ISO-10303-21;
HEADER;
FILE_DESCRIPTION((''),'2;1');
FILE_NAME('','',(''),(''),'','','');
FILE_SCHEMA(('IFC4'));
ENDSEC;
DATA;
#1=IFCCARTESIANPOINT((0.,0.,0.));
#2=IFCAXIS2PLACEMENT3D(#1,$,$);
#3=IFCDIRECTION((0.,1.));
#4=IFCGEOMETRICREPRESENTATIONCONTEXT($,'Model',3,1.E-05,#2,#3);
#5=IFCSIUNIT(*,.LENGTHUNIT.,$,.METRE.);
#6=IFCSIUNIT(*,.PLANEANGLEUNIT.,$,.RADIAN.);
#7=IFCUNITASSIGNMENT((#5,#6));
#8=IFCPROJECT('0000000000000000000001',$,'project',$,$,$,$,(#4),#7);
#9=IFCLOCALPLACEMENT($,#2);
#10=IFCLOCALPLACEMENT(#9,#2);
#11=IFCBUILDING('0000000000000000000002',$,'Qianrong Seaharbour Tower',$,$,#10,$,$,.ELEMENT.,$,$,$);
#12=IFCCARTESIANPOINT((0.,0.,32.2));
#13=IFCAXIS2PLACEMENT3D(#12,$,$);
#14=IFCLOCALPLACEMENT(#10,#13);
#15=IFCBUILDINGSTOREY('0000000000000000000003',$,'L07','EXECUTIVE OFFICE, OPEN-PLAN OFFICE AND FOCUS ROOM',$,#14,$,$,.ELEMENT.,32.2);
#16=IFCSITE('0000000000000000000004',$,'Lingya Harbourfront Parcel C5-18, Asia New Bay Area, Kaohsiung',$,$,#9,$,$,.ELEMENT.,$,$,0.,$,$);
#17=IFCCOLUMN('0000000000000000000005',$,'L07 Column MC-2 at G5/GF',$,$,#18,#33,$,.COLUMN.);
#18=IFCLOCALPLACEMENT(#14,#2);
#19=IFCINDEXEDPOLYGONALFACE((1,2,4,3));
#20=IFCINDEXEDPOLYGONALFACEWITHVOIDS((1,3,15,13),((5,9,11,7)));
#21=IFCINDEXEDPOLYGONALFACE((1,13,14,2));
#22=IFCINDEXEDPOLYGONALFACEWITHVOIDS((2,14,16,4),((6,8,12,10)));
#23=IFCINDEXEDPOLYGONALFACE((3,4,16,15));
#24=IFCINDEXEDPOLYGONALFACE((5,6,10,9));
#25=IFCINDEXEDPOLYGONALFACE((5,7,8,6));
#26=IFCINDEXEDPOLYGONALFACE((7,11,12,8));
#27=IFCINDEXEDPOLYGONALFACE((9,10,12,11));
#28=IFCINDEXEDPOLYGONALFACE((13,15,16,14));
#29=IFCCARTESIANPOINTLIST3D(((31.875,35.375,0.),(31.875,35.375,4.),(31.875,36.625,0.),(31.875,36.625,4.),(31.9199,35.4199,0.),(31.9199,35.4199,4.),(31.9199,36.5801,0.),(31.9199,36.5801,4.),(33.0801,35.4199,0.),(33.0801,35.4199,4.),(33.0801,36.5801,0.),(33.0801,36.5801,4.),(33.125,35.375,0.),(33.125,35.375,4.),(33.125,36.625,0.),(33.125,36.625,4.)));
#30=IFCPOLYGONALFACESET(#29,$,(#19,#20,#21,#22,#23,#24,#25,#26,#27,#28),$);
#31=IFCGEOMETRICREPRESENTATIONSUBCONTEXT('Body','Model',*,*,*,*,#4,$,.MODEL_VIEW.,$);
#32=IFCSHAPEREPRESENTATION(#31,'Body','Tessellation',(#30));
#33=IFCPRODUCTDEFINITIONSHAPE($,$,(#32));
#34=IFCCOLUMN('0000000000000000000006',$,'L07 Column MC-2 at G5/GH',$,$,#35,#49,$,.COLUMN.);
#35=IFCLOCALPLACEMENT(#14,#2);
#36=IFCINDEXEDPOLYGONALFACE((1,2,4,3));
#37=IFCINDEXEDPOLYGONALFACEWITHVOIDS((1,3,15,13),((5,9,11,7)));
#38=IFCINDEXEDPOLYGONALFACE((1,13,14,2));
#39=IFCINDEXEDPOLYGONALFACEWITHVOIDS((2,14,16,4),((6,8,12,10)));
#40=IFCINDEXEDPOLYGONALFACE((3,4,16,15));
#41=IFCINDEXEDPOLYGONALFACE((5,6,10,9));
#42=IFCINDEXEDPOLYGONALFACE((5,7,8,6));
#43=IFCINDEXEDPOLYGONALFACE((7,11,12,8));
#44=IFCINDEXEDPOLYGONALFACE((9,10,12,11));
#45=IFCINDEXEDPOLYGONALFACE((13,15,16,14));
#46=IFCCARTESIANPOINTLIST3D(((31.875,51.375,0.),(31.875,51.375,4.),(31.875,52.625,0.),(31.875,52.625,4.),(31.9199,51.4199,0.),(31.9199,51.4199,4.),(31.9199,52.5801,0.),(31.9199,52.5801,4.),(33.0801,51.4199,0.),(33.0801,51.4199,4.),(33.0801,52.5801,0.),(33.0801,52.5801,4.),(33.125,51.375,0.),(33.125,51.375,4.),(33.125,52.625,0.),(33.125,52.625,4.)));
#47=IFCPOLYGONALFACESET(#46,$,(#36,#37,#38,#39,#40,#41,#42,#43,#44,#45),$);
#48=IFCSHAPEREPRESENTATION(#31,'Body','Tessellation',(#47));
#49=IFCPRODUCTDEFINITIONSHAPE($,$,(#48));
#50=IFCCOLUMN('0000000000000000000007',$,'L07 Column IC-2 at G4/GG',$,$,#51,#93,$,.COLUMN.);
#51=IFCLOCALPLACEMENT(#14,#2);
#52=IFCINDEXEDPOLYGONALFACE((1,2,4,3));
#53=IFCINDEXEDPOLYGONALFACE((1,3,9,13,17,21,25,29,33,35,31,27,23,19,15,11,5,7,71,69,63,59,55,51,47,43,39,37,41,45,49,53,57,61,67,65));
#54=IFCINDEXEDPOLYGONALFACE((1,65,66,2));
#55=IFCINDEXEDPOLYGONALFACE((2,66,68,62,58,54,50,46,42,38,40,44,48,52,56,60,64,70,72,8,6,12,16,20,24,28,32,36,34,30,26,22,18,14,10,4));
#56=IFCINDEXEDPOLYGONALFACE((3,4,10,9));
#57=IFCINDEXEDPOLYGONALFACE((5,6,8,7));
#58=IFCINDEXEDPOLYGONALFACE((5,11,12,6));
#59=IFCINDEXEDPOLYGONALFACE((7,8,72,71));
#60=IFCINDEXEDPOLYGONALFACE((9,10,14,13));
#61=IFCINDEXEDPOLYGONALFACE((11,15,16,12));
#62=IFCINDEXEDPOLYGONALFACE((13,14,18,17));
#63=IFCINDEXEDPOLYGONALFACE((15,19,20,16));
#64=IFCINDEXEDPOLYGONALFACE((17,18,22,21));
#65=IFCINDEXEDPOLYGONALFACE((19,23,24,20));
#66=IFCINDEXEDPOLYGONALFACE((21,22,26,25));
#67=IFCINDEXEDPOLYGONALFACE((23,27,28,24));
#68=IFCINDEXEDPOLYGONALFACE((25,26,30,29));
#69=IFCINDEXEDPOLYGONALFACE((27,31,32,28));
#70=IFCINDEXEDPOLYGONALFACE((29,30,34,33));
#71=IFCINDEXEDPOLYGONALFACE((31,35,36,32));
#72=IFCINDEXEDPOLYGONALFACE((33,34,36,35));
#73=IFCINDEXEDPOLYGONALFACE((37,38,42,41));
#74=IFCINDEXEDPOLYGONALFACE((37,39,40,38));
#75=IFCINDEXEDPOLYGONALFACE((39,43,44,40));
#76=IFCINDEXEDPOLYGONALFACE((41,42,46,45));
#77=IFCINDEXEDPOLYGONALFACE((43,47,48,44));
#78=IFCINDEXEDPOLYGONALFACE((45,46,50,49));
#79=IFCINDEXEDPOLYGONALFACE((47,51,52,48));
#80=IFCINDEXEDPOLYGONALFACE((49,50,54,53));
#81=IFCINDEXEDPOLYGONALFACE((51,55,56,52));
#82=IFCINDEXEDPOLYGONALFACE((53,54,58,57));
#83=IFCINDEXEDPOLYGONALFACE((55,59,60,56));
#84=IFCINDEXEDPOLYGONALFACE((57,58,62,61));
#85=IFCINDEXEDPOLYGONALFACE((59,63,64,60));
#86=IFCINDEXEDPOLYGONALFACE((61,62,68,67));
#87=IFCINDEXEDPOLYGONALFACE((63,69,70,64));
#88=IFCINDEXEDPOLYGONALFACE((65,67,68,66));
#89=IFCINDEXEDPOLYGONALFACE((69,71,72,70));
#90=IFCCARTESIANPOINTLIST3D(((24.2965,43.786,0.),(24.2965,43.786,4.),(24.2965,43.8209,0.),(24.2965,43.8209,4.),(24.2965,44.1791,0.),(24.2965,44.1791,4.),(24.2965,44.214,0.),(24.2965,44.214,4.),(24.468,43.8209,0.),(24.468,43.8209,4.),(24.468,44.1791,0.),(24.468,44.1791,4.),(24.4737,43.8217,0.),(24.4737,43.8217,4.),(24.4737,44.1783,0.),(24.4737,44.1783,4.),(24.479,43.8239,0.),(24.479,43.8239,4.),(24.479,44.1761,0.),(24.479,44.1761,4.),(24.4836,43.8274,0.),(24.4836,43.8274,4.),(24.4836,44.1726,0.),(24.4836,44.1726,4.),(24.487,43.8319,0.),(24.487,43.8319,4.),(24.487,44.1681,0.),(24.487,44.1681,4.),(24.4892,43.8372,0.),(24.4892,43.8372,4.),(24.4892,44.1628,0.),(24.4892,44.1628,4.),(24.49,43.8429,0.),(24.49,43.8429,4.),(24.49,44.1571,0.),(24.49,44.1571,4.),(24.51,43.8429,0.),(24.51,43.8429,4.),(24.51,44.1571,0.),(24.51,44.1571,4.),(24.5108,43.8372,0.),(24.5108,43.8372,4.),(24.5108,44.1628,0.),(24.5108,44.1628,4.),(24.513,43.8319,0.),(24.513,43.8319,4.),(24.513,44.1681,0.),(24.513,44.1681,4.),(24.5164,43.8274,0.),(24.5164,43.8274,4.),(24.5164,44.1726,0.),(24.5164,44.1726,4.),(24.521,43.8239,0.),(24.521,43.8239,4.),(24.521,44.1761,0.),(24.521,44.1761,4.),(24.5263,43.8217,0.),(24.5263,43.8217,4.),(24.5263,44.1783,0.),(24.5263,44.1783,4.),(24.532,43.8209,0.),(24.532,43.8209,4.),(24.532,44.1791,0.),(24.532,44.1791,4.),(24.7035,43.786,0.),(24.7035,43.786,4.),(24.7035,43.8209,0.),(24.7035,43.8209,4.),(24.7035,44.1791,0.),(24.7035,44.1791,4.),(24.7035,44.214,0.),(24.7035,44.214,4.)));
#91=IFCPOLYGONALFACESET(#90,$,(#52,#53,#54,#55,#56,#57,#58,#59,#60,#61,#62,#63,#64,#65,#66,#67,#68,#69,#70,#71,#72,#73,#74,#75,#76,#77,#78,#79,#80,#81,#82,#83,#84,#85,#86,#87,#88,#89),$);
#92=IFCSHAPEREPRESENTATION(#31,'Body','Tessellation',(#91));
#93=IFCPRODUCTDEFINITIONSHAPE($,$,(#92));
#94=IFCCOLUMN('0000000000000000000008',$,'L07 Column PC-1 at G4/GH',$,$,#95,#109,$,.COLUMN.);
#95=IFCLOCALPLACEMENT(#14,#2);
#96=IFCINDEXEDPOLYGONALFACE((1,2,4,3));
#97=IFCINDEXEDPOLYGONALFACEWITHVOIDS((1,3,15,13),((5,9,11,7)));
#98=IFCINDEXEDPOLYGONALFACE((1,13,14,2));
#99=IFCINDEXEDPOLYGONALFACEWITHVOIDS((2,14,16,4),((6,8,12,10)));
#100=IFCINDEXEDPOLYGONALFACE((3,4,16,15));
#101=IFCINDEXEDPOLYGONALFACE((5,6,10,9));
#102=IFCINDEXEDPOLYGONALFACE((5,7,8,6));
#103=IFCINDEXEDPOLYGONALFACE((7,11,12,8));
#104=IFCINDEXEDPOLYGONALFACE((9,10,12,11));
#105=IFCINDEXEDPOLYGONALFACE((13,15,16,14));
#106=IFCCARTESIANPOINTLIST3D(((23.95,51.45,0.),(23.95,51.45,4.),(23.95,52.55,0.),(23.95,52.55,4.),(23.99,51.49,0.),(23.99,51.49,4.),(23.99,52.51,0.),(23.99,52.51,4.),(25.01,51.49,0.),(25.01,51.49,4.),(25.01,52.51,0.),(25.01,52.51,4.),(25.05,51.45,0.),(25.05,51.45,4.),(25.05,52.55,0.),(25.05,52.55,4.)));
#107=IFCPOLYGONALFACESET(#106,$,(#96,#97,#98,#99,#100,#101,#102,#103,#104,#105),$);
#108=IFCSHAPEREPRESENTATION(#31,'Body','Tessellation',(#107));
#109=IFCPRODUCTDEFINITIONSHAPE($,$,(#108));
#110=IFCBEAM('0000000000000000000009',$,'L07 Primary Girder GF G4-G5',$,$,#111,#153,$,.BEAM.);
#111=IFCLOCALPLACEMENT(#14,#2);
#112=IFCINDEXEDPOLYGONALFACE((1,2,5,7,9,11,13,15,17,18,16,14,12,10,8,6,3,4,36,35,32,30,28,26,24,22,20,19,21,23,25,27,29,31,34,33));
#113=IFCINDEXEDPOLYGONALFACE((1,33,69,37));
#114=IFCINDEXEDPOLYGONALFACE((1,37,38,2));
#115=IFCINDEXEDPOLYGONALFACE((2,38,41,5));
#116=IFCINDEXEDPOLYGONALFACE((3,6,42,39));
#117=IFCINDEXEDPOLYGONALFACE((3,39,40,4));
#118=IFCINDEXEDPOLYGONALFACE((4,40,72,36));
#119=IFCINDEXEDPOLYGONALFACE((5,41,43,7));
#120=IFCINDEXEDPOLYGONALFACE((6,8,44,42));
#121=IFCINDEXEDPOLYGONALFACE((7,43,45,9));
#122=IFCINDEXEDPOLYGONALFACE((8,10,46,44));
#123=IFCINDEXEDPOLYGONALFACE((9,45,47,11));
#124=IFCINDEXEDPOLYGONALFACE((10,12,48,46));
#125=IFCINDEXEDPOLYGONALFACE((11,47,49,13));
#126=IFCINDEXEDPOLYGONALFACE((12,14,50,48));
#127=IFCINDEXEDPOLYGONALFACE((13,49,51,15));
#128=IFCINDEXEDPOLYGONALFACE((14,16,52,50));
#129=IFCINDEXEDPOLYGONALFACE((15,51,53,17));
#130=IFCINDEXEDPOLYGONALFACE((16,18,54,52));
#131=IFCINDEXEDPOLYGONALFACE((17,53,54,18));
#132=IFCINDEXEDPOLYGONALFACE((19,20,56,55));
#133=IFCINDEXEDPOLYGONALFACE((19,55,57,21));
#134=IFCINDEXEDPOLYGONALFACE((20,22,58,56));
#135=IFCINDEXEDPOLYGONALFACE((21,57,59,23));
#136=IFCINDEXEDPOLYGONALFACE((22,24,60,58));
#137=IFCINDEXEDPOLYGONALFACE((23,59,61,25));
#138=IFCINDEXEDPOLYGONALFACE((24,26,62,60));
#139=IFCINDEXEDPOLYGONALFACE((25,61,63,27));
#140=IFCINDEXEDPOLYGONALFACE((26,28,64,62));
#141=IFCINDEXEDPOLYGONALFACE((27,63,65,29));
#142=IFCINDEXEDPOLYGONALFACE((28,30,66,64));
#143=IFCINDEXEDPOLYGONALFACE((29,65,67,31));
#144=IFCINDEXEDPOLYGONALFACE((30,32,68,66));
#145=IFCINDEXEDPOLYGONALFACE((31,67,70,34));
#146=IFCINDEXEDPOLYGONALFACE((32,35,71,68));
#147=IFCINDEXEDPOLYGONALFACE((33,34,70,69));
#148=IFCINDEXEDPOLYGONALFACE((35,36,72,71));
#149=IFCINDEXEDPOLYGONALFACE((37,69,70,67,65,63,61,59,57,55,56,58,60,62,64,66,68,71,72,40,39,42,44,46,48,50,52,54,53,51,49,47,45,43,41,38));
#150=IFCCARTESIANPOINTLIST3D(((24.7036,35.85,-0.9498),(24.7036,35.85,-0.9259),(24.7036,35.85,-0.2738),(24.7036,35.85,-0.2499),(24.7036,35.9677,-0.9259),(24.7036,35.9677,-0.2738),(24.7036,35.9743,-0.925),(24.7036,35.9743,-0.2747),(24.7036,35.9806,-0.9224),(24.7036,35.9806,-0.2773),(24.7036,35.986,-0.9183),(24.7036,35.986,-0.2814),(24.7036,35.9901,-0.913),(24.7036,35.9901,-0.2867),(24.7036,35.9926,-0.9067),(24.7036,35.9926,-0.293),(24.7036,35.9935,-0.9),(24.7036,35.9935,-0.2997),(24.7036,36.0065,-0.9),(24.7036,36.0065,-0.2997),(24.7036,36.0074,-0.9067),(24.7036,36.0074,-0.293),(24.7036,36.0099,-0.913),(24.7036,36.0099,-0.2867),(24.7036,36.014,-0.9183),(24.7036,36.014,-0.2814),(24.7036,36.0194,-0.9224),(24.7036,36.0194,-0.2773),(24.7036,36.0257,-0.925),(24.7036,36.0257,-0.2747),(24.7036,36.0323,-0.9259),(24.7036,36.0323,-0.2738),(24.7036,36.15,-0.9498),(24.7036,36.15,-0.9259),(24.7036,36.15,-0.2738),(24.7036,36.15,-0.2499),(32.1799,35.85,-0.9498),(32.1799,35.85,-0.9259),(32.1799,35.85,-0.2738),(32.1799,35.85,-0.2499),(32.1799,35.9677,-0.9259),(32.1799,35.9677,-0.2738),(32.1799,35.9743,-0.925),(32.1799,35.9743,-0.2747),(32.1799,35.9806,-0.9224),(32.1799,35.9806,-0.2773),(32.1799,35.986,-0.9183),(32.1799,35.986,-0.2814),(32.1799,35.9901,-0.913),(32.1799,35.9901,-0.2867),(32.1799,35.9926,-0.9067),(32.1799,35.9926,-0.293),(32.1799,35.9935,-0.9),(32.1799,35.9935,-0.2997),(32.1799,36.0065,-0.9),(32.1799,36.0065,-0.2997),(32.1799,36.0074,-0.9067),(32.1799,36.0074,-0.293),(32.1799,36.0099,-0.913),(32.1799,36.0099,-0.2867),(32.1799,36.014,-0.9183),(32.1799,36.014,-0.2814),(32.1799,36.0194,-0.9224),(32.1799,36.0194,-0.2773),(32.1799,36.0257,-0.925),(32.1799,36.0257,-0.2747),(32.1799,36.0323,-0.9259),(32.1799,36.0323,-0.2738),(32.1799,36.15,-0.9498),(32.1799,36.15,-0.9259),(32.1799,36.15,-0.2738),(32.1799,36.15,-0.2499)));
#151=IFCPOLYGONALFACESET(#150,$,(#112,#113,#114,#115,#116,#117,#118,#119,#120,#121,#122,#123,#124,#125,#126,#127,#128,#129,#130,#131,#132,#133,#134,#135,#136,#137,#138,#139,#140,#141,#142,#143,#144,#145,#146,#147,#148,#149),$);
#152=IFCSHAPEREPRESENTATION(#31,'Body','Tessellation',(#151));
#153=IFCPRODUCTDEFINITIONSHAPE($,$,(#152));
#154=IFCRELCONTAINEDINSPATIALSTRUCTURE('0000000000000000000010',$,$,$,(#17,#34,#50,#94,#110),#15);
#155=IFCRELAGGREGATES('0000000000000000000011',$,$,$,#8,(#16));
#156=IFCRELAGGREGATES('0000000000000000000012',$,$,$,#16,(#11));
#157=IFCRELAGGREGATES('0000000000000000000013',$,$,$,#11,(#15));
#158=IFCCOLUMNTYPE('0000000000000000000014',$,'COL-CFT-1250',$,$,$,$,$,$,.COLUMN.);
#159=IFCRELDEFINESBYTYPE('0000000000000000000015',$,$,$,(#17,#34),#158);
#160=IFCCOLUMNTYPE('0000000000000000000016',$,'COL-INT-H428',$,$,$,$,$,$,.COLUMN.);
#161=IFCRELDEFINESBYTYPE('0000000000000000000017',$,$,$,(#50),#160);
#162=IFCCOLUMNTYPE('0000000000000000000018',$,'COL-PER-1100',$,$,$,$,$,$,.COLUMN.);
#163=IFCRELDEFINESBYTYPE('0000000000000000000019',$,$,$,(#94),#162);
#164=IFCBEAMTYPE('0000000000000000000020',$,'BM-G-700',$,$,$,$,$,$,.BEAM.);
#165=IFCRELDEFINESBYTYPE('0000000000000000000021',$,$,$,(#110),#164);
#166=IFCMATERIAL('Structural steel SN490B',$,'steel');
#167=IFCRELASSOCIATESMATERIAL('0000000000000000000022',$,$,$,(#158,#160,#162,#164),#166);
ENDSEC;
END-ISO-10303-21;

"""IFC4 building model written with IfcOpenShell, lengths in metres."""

from ifc_helpers import new_model, si_unit, direction, frame, origin, origin_2d, place, context, subcontext, project, spatial, hollow_rectangle, i_section, extrude, material, material_profile, profile_set, type_object, element, save


model = new_model("IFC4")

# Units and contexts
model_context = context("Model", 3, precision=1e-05, world=origin(), true_north=direction((0.0, 1.0)))
body_context = subcontext(model_context, "Body", "Model", "MODEL_VIEW")
ifc_project = project(units=[si_unit("LENGTHUNIT", "METRE"), si_unit("PLANEANGLEUNIT", "RADIAN")], contexts=[model_context])

# Site, building, storey
site_placement = place(None, origin())
site = spatial("IfcSite", under=ifc_project, at=site_placement, Name="Lingya Harbourfront Parcel C5-18, Asia New Bay Area, Kaohsiung", CompositionType="ELEMENT", RefElevation=0.0)
building_placement = place(site_placement, origin())
building = spatial("IfcBuilding", under=site, at=building_placement, Name="Qianrong Seaharbour Tower", CompositionType="ELEMENT")
storey_placement = place(building_placement, frame((0.0, 0.0, 32.2)))
storey = spatial("IfcBuildingStorey", under=building, at=storey_placement, Name="L07", Description="EXECUTIVE OFFICE, OPEN-PLAN OFFICE AND FOCUS ROOM", CompositionType="ELEMENT", Elevation=32.2)

# Columns
ifc_material_1 = material(Name="Structural steel SN490B", Category="steel")
ifc_material_profile_1 = material_profile(ifc_material_1, hollow_rectangle(XDim=1.25, YDim=1.25, WallThickness=0.0449, at=origin_2d()), Name="BOX1250x1250x45")
ifc_profile_set_1 = profile_set([ifc_material_profile_1], Name="Structural steel SN490B")
column_type_1 = type_object("IfcColumnType", Name="COL-CFT-1250", PredefinedType="COLUMN", material=ifc_profile_set_1)
for number, where, z_axis, x_axis, name in (
    (1, (32.5, 36.0, 0.0), (0.0, 0.0, 1.0), (1.0, 0.0, 0.0), "L07 Column MC-2 at G5/GF"),
    (2, (32.5, 52.0, 0.0), (0.0, 0.0, 1.0), (1.0, 0.0, 0.0), "L07 Column MC-2 at G5/GH"),
):
    element("IfcColumn", number, at=place(storey_placement, frame(where, z_axis=z_axis, x_axis=x_axis)), inside=storey, type_object=column_type_1, Name=name, PredefinedType="COLUMN", context=body_context, shape_type="SweptSolid", body=[
        extrude(hollow_rectangle(XDim=1.25, YDim=1.25, WallThickness=0.0449, at=origin_2d()), origin(), (0.0, 0.0, 1.0), 4.0),
    ])
ifc_material_profile_2 = material_profile(ifc_material_1, i_section(OverallWidth=0.407, OverallDepth=0.428, WebThickness=0.02, FlangeThickness=0.0349, FilletRadius=0.022, at=origin_2d()), Name="H428x407x20x35")
ifc_profile_set_2 = profile_set([ifc_material_profile_2], Name="Structural steel SN490B")
column_type_2 = type_object("IfcColumnType", Name="COL-INT-H428", PredefinedType="COLUMN", material=ifc_profile_set_2)
column_1_placement = place(storey_placement, frame((24.5, 44.0, 0.0), z_axis=(0.0, 0.0, 1.0), x_axis=(1.0, 0.0, 0.0)))
element("IfcColumn", 3, at=column_1_placement, inside=storey, type_object=column_type_2, Name="L07 Column IC-2 at G4/GG", PredefinedType="COLUMN", context=body_context, shape_type="SweptSolid", body=[
    extrude(i_section(OverallWidth=0.407, OverallDepth=0.428, WebThickness=0.02, FlangeThickness=0.0349, FilletRadius=0.022, at=origin_2d()), origin(), (0.0, 0.0, 1.0), 4.0),
])
ifc_material_profile_3 = material_profile(ifc_material_1, hollow_rectangle(XDim=1.1001, YDim=1.1001, WallThickness=0.04, at=origin_2d()), Name="BOX1100x1100x40")
ifc_profile_set_3 = profile_set([ifc_material_profile_3], Name="Structural steel SN490B")
column_type_3 = type_object("IfcColumnType", Name="COL-PER-1100", PredefinedType="COLUMN", material=ifc_profile_set_3)
column_2_placement = place(storey_placement, frame((24.5, 52.0, 0.0), z_axis=(0.0, 0.0, 1.0), x_axis=(1.0, 0.0, 0.0)))
element("IfcColumn", 4, at=column_2_placement, inside=storey, type_object=column_type_3, Name="L07 Column PC-1 at G4/GH", PredefinedType="COLUMN", context=body_context, shape_type="SweptSolid", body=[
    extrude(hollow_rectangle(XDim=1.1001, YDim=1.1001, WallThickness=0.04, at=origin_2d()), origin(), (0.0, 0.0, 1.0), 4.0),
])

# Beam
ifc_material_profile_4 = material_profile(ifc_material_1, i_section(OverallWidth=0.3, OverallDepth=0.7, WebThickness=0.0129, FlangeThickness=0.0239, FilletRadius=0.0259, at=origin_2d()), Name="H700x300x13x24")
ifc_profile_set_4 = profile_set([ifc_material_profile_4], Name="Structural steel SN490B")
beam_type_1 = type_object("IfcBeamType", Name="BM-G-700", PredefinedType="BEAM", material=ifc_profile_set_4)
beam_1_placement = place(storey_placement, frame((24.7036, 36.0, -0.5999), z_axis=(1.0, 0.0, 0.0), x_axis=(0.0, 1.0, 0.0)))
element("IfcBeam", 5, at=beam_1_placement, inside=storey, type_object=beam_type_1, Name="L07 Primary Girder GF G4-G5", PredefinedType="BEAM", context=body_context, shape_type="SweptSolid", body=[
    extrude(i_section(OverallWidth=0.3, OverallDepth=0.7, WebThickness=0.0129, FlangeThickness=0.0239, FilletRadius=0.0259, at=origin_2d()), origin(), (0.0, 0.0, 1.0), 7.4763),
])

save(model, "model.ifc")
